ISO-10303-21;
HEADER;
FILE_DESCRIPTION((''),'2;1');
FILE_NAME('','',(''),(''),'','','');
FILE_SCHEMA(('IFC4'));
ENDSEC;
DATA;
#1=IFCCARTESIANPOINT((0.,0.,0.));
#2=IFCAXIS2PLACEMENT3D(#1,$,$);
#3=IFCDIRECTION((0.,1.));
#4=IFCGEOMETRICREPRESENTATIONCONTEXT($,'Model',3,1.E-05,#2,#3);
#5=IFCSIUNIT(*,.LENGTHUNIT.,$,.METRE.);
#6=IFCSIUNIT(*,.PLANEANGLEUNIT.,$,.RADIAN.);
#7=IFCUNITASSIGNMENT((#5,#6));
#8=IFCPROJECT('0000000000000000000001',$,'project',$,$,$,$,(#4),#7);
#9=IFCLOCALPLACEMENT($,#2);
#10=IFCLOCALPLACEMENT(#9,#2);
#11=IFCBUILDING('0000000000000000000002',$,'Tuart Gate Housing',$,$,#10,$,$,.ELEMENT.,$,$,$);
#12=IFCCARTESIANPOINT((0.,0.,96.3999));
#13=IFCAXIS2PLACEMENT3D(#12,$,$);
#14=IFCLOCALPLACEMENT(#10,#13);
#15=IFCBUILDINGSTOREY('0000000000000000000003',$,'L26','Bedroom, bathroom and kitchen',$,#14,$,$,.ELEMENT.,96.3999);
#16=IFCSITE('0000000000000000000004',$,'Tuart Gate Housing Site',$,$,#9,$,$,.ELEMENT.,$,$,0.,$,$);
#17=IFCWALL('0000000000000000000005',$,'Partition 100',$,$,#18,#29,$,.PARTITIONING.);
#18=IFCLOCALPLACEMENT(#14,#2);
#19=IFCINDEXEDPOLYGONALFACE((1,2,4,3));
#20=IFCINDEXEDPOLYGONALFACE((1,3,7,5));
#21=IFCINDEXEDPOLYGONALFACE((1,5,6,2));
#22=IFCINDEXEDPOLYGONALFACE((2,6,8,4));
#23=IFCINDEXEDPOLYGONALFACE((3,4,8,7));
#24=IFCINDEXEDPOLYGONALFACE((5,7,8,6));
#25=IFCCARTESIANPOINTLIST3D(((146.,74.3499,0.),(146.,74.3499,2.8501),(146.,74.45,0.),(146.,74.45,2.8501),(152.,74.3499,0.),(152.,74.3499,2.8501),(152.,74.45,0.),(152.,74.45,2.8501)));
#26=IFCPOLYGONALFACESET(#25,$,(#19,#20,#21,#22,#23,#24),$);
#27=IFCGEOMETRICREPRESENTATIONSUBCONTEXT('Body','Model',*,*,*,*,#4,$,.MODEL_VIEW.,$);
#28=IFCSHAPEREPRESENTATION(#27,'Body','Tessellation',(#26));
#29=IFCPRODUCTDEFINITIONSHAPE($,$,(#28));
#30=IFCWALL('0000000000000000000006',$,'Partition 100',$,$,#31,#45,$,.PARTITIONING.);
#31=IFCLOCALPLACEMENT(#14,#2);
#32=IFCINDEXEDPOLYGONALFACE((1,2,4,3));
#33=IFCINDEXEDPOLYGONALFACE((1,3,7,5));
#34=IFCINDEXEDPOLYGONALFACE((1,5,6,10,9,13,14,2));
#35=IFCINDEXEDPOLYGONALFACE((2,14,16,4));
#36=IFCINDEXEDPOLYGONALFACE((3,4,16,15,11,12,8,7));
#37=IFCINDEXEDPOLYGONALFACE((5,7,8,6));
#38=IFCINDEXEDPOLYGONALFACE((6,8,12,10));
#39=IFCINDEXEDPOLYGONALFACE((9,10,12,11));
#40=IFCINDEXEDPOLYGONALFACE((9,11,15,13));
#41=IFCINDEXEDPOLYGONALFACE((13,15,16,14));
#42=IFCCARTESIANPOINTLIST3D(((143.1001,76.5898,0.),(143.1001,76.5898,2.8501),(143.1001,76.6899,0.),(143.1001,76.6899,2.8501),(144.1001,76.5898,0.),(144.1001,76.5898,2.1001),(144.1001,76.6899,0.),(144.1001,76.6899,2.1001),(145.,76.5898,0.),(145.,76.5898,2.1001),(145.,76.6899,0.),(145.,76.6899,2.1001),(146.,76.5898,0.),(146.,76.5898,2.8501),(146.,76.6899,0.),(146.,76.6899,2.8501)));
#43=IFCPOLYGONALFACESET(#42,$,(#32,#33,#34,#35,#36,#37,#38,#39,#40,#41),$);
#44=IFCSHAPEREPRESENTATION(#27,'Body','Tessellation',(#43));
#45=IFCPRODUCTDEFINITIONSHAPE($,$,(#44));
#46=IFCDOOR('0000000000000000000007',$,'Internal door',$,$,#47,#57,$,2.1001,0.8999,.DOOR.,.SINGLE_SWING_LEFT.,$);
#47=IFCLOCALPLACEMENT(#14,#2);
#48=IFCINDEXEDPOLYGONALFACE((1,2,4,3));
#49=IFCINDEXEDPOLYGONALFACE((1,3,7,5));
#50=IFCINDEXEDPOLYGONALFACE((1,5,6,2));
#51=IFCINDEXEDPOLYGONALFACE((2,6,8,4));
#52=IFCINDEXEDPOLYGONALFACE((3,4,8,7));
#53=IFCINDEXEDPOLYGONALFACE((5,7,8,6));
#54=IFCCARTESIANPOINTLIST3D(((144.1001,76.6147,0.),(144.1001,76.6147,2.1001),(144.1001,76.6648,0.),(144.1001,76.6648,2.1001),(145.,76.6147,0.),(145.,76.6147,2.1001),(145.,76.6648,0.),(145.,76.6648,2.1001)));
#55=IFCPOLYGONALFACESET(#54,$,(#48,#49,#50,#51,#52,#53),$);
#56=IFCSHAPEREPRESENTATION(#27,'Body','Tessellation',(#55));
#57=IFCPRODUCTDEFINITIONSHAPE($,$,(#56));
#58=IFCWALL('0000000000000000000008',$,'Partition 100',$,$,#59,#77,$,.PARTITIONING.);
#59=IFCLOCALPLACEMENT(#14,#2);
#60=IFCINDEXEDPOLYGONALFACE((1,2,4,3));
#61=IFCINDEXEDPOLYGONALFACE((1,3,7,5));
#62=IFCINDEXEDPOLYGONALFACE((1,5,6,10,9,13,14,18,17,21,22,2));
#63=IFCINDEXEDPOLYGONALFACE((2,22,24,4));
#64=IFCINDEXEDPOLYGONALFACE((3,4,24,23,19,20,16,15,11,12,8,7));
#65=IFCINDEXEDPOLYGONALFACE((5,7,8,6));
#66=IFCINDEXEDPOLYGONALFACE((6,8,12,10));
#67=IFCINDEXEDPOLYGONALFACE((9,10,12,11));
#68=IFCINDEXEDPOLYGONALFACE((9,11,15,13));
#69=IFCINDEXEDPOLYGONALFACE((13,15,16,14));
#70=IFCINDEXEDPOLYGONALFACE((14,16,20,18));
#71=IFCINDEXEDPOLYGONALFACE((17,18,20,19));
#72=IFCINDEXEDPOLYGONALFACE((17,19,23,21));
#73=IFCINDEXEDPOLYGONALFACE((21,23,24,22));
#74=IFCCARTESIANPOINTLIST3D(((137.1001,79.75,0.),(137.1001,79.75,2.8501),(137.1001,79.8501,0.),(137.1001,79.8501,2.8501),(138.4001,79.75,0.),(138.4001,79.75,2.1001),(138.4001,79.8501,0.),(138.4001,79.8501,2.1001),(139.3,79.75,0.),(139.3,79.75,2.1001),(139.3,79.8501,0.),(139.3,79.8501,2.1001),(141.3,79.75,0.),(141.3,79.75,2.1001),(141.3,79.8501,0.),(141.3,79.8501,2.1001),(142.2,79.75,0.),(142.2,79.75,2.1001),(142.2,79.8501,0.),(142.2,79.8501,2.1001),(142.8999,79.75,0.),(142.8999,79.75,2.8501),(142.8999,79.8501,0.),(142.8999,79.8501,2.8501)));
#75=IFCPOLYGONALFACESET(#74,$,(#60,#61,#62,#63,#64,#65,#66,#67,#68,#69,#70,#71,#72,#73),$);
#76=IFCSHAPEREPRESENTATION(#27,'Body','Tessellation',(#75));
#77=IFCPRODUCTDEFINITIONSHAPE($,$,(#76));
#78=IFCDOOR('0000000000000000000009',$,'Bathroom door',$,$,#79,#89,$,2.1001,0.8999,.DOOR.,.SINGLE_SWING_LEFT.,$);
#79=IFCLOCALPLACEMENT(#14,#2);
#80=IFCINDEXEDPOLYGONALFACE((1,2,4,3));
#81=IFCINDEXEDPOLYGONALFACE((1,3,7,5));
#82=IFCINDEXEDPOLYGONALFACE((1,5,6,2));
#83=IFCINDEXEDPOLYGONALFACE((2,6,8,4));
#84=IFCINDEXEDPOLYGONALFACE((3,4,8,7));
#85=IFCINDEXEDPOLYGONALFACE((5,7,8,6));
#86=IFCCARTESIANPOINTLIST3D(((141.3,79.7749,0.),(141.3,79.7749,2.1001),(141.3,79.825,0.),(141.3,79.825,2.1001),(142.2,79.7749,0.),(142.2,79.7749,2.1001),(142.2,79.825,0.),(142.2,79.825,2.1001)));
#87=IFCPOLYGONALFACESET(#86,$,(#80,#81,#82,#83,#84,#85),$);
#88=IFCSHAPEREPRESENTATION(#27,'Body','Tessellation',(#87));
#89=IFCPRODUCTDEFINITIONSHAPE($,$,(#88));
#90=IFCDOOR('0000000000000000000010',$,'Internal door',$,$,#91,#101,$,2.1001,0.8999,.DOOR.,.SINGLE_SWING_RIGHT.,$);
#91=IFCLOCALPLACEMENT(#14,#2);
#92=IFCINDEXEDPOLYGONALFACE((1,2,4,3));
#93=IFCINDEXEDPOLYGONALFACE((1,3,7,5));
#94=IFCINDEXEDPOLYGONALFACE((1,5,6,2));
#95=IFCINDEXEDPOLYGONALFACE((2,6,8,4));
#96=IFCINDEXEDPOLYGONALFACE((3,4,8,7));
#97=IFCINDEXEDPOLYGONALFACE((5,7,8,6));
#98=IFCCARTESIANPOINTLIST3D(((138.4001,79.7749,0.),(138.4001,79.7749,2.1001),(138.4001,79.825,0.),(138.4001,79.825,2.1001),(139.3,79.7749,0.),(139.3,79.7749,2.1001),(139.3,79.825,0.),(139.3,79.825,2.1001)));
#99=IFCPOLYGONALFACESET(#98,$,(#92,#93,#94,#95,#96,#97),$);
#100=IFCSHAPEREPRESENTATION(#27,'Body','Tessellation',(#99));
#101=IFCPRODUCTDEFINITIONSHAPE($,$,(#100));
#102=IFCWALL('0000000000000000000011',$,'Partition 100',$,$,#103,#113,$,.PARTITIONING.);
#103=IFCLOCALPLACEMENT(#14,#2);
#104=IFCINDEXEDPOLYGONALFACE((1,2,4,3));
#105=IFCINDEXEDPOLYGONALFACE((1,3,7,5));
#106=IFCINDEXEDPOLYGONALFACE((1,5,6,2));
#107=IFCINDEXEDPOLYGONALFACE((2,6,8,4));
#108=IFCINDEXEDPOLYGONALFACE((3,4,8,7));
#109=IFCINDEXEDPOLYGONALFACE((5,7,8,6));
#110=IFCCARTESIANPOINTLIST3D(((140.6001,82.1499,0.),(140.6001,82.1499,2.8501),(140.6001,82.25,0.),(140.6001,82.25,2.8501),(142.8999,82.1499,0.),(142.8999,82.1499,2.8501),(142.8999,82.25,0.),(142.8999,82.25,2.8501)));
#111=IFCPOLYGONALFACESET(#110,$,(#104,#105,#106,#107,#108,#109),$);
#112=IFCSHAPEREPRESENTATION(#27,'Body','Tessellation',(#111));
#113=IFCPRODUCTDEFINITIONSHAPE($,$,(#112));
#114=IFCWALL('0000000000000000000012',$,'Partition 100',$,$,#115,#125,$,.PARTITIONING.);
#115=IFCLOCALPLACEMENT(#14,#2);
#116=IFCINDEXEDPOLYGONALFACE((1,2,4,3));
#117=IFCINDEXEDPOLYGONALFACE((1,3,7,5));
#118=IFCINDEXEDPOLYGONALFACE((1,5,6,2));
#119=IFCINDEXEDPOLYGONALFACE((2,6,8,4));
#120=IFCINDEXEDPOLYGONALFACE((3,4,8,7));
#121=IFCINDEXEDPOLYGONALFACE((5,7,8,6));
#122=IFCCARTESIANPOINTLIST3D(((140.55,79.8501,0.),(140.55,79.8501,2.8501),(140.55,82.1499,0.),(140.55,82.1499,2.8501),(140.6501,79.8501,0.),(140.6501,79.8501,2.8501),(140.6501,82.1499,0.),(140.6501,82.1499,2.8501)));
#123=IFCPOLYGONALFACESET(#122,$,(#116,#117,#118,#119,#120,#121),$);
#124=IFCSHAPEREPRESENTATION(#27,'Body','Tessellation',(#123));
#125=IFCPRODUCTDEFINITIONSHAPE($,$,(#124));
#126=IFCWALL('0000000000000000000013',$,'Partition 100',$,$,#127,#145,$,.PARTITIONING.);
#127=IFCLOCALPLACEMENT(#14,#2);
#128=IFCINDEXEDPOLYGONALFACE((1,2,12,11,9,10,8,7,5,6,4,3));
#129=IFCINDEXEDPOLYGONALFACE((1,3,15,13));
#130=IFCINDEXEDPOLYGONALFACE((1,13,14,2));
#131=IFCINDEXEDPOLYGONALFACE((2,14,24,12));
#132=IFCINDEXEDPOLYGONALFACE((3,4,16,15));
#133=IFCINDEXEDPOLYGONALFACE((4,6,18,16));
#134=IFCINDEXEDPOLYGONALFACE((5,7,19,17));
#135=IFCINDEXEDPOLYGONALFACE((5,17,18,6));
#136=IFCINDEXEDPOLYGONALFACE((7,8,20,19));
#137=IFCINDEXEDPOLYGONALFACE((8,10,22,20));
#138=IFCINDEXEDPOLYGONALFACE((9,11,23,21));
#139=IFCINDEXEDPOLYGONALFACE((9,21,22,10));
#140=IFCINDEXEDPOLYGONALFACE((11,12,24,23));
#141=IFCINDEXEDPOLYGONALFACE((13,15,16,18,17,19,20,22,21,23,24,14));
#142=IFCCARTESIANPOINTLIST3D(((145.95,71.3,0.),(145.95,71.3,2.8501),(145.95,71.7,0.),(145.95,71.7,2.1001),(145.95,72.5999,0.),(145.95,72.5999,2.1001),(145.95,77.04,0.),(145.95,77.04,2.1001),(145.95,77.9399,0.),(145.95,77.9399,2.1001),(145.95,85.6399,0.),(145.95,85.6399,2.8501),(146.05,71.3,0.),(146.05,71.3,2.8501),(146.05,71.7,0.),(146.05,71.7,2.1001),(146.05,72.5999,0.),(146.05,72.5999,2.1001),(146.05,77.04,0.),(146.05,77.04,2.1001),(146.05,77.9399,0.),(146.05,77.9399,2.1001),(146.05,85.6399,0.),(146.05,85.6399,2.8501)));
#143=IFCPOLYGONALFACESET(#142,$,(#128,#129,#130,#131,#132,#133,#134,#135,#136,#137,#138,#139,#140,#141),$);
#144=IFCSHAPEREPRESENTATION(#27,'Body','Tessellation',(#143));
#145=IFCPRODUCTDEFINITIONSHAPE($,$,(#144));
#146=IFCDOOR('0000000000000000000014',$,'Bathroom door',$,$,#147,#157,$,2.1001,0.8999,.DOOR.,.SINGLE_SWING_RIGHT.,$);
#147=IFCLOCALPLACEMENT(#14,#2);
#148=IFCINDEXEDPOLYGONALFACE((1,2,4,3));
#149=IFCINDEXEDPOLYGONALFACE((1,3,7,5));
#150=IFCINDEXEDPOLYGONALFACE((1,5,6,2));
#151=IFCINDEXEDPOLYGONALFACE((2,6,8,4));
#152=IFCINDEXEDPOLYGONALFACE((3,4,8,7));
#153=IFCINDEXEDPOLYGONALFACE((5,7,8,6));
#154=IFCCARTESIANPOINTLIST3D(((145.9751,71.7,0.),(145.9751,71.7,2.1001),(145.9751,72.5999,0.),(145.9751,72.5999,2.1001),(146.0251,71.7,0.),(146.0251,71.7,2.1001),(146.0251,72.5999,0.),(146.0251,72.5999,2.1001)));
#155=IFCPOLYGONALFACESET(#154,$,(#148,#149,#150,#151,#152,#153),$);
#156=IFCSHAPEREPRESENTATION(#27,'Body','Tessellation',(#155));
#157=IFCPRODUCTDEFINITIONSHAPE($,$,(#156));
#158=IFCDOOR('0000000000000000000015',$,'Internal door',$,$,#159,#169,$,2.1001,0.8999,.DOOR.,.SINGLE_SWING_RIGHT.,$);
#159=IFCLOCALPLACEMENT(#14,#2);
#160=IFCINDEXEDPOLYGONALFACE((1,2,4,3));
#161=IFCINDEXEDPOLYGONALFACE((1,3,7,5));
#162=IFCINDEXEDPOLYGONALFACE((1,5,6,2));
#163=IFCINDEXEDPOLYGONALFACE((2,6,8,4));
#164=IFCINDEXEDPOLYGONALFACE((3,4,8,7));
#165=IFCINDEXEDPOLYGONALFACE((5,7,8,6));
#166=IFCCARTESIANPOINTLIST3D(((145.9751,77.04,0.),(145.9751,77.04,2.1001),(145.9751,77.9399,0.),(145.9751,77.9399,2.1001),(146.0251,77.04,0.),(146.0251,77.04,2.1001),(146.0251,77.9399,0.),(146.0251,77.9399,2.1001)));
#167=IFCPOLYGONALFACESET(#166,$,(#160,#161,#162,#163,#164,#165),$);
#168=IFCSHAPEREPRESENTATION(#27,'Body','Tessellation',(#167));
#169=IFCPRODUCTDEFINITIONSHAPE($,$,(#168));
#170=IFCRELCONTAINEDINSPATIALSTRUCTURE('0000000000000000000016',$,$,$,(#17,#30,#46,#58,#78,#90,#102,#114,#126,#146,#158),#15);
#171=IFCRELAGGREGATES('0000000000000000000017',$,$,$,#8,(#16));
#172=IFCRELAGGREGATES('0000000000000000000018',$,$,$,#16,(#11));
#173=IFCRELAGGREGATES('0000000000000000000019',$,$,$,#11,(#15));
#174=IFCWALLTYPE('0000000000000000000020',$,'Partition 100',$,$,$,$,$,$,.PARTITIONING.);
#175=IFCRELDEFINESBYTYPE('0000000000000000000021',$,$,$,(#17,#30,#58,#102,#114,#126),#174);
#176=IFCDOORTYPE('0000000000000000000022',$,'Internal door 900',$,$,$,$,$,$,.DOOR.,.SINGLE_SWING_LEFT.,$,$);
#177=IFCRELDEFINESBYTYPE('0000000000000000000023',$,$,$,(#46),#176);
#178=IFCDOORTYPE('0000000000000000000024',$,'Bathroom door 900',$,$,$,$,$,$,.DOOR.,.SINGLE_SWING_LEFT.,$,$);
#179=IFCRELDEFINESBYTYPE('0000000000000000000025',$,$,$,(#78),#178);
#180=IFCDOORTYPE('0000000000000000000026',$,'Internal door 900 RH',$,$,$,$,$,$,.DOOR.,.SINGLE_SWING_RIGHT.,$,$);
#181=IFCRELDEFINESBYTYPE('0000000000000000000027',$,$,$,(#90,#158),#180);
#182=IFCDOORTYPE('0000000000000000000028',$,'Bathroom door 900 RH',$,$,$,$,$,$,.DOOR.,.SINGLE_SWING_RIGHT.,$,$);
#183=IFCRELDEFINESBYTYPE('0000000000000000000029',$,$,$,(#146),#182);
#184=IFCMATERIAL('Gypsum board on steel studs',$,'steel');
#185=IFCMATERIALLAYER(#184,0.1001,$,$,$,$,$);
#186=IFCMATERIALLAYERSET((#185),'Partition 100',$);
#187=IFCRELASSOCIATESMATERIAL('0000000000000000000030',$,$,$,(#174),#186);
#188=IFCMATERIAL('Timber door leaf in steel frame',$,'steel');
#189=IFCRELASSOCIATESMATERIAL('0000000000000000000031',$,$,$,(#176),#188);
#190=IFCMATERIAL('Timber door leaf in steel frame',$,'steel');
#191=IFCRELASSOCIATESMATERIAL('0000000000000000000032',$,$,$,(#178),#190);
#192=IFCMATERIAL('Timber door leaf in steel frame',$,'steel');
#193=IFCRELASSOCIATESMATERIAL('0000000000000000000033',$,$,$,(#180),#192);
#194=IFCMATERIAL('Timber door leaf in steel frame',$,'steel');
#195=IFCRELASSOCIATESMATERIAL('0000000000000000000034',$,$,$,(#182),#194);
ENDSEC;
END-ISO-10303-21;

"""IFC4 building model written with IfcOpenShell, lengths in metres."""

from ifc_helpers import new_model, si_unit, direction, frame, frame_2d, origin, place, context, subcontext, project, spatial, rectangle, extrude, material, layer, layer_set, type_object, element, fill, save


model = new_model("IFC4")

# Units and contexts
model_context = context("Model", 3, precision=1e-05, world=origin(), true_north=direction((0.0, 1.0)))
body_context = subcontext(model_context, "Body", "Model", "MODEL_VIEW")
ifc_project = project(units=[si_unit("LENGTHUNIT", "METRE"), si_unit("PLANEANGLEUNIT", "RADIAN")], contexts=[model_context])

# Site, building, storey
site_placement = place(None, origin())
site = spatial("IfcSite", under=ifc_project, at=site_placement, Name="Tuart Gate Housing Site", CompositionType="ELEMENT", RefElevation=0.0)
building_placement = place(site_placement, origin())
building = spatial("IfcBuilding", under=site, at=building_placement, Name="Tuart Gate Housing", CompositionType="ELEMENT")
storey_placement = place(building_placement, frame((0.0, 0.0, 96.3999)))
storey = spatial("IfcBuildingStorey", under=building, at=storey_placement, Name="L26", Description="Bedroom, bathroom and kitchen", CompositionType="ELEMENT", Elevation=96.3999)

# Wall
ifc_material_1 = material(Name="Gypsum board on steel studs", Category="steel")
ifc_layer_1 = layer(ifc_material_1, 0.1001)
ifc_layer_set_1 = layer_set([ifc_layer_1], Name="Partition 100")
wall_type_1 = type_object("IfcWallType", Name="Partition 100", PredefinedType="PARTITIONING", material=ifc_layer_set_1)
wall_1_placement = place(storey_placement, frame((146.0, 74.3999, 0.0), z_axis=(0.0, 0.0, 1.0), x_axis=(1.0, 0.0, 0.0)))
element("IfcWall", 1, at=wall_1_placement, inside=storey, type_object=wall_type_1, Name="Partition 100", PredefinedType="PARTITIONING", context=body_context, shape_type="SweptSolid", body=[
    extrude(rectangle(XDim=6.0, YDim=0.1001, at=frame_2d((3.0, 0.0))), origin(), (0.0, 0.0, 1.0), 2.8501),
])

# Wall, opening, door
wall_2_placement = place(storey_placement, frame((143.1001, 76.6399, 0.0), z_axis=(0.0, 0.0, 1.0), x_axis=(1.0, 0.0, 0.0)))
wall_2 = element("IfcWall", 2, at=wall_2_placement, inside=storey, type_object=wall_type_1, Name="Partition 100", PredefinedType="PARTITIONING", context=body_context, shape_type="SweptSolid", body=[
    extrude(rectangle(XDim=2.8999, YDim=0.1001, at=frame_2d((1.45, 0.0))), origin(), (0.0, 0.0, 1.0), 2.8501),
])
opening_1_placement = place(wall_2_placement, frame((1.0, 0.0, 0.0)))
opening_1 = element("IfcOpeningElement", 3, at=opening_1_placement, cuts=wall_2, PredefinedType="OPENING", context=body_context, shape_type="SweptSolid", body=[
    extrude(rectangle(XDim=0.8999, YDim=2.1001, at=frame_2d((0.45, 1.05))), frame((0.0, 0.0601, 0.0), z_axis=(0.0, -1.0, 0.0), x_axis=(1.0, 0.0, 0.0)), (0.0, 0.0, 1.0), 0.1201),
])
ifc_material_2 = material(Name="Timber door leaf in steel frame", Category="steel")
door_type_1 = type_object("IfcDoorType", Name="Internal door 900", OperationType="SINGLE_SWING_LEFT", PredefinedType="DOOR", material=ifc_material_2)
door_1_placement = place(opening_1_placement, frame((0.8999, 0.0, 0.0), z_axis=(0.0, 0.0, 1.0), x_axis=(-1.0, 0.0, 0.0)))
door_1 = element("IfcDoor", 4, at=door_1_placement, inside=storey, type_object=door_type_1, Name="Internal door", OperationType="SINGLE_SWING_LEFT", OverallHeight=2.1001, OverallWidth=0.8999, PredefinedType="DOOR", context=body_context, shape_type="SweptSolid", body=[
    extrude(rectangle(XDim=0.8999, YDim=2.1001, at=frame_2d((0.45, 1.05))), frame((0.0, 0.0251, 0.0), z_axis=(0.0, -1.0, 0.0), x_axis=(1.0, 0.0, 0.0)), (0.0, 0.0, 1.0), 0.05),
])
fill(opening_1, door_1)

# Wall, openings, doors
wall_3_placement = place(storey_placement, frame((137.1001, 79.8, 0.0), z_axis=(0.0, 0.0, 1.0), x_axis=(1.0, 0.0, 0.0)))
wall_3 = element("IfcWall", 5, at=wall_3_placement, inside=storey, type_object=wall_type_1, Name="Partition 100", PredefinedType="PARTITIONING", context=body_context, shape_type="SweptSolid", body=[
    extrude(rectangle(XDim=5.7998, YDim=0.1001, at=frame_2d((2.8999, 0.0))), origin(), (0.0, 0.0, 1.0), 2.8501),
])
opening_2_placement = place(wall_3_placement, frame((1.3, 0.0, 0.0)))
opening_2 = element("IfcOpeningElement", 6, at=opening_2_placement, cuts=wall_3, PredefinedType="OPENING", context=body_context, shape_type="SweptSolid", body=[
    extrude(rectangle(XDim=0.8999, YDim=2.1001, at=frame_2d((0.45, 1.05))), frame((0.0, 0.0601, 0.0), z_axis=(0.0, -1.0, 0.0), x_axis=(1.0, 0.0, 0.0)), (0.0, 0.0, 1.0), 0.1201),
])
opening_3_placement = place(wall_3_placement, frame((4.2, 0.0, 0.0)))
opening_3 = element("IfcOpeningElement", 7, at=opening_3_placement, cuts=wall_3, PredefinedType="OPENING", context=body_context, shape_type="SweptSolid", body=[
    extrude(rectangle(XDim=0.8999, YDim=2.1001, at=frame_2d((0.45, 1.05))), frame((0.0, 0.0601, 0.0), z_axis=(0.0, -1.0, 0.0), x_axis=(1.0, 0.0, 0.0)), (0.0, 0.0, 1.0), 0.1201),
])
ifc_material_3 = material(Name="Timber door leaf in steel frame", Category="steel")
door_type_2 = type_object("IfcDoorType", Name="Bathroom door 900", OperationType="SINGLE_SWING_LEFT", PredefinedType="DOOR", material=ifc_material_3)
door_2_placement = place(opening_3_placement, origin())
door_2 = element("IfcDoor", 8, at=door_2_placement, inside=storey, type_object=door_type_2, Name="Bathroom door", OperationType="SINGLE_SWING_LEFT", OverallHeight=2.1001, OverallWidth=0.8999, PredefinedType="DOOR", context=body_context, shape_type="SweptSolid", body=[
    extrude(rectangle(XDim=0.8999, YDim=2.1001, at=frame_2d((0.45, 1.05))), frame((0.0, 0.0249, 0.0), z_axis=(0.0, -1.0, 0.0), x_axis=(1.0, 0.0, 0.0)), (0.0, 0.0, 1.0), 0.05),
])
fill(opening_3, door_2)
ifc_material_4 = material(Name="Timber door leaf in steel frame", Category="steel")
door_type_3 = type_object("IfcDoorType", Name="Internal door 900 RH", OperationType="SINGLE_SWING_RIGHT", PredefinedType="DOOR", material=ifc_material_4)
door_3_placement = place(opening_2_placement, origin())
door_3 = element("IfcDoor", 9, at=door_3_placement, inside=storey, type_object=door_type_3, Name="Internal door", OperationType="SINGLE_SWING_RIGHT", OverallHeight=2.1001, OverallWidth=0.8999, PredefinedType="DOOR", context=body_context, shape_type="SweptSolid", body=[
    extrude(rectangle(XDim=0.8999, YDim=2.1001, at=frame_2d((0.45, 1.05))), frame((0.0, 0.0249, 0.0), z_axis=(0.0, -1.0, 0.0), x_axis=(1.0, 0.0, 0.0)), (0.0, 0.0, 1.0), 0.05),
])
fill(opening_2, door_3)

# Walls
for number, where, z_axis, x_axis, name in (
    (10, (140.6001, 82.2, 0.0), (0.0, 0.0, 1.0), (1.0, 0.0, 0.0), "Partition 100"),
    (11, (140.6001, 79.8501, 0.0), (0.0, 0.0, 1.0), (0.0, 1.0, 0.0), "Partition 100"),
):
    element("IfcWall", number, at=place(storey_placement, frame(where, z_axis=z_axis, x_axis=x_axis)), inside=storey, type_object=wall_type_1, Name=name, PredefinedType="PARTITIONING", context=body_context, shape_type="SweptSolid", body=[
        extrude(rectangle(XDim=2.2998, YDim=0.1001, at=frame_2d((1.1499, 0.0))), origin(), (0.0, 0.0, 1.0), 2.8501),
    ])

# Wall, openings, doors
wall_4_placement = place(storey_placement, frame((146.0, 71.3, 0.0), z_axis=(0.0, 0.0, 1.0), x_axis=(0.0, 1.0, 0.0)))
wall_4 = element("IfcWall", 12, at=wall_4_placement, inside=storey, type_object=wall_type_1, Name="Partition 100", PredefinedType="PARTITIONING", context=body_context, shape_type="SweptSolid", body=[
    extrude(rectangle(XDim=14.3398, YDim=0.1001, at=frame_2d((7.1699, 0.0))), origin(), (0.0, 0.0, 1.0), 2.8501),
])
opening_4_placement = place(wall_4_placement, frame((5.74, 0.0, 0.0)))
opening_4 = element("IfcOpeningElement", 13, at=opening_4_placement, cuts=wall_4, PredefinedType="OPENING", context=body_context, shape_type="SweptSolid", body=[
    extrude(rectangle(XDim=0.8999, YDim=2.1001, at=frame_2d((0.45, 1.05))), frame((0.0, 0.0601, 0.0), z_axis=(0.0, -1.0, 0.0), x_axis=(1.0, 0.0, 0.0)), (0.0, 0.0, 1.0), 0.1201),
])
opening_5_placement = place(wall_4_placement, frame((0.3999, 0.0, 0.0)))
opening_5 = element("IfcOpeningElement", 14, at=opening_5_placement, cuts=wall_4, PredefinedType="OPENING", context=body_context, shape_type="SweptSolid", body=[
    extrude(rectangle(XDim=0.8999, YDim=2.1001, at=frame_2d((0.45, 1.05))), frame((0.0, 0.0601, 0.0), z_axis=(0.0, -1.0, 0.0), x_axis=(1.0, 0.0, 0.0)), (0.0, 0.0, 1.0), 0.1201),
])
ifc_material_5 = material(Name="Timber door leaf in steel frame", Category="steel")
door_type_4 = type_object("IfcDoorType", Name="Bathroom door 900 RH", OperationType="SINGLE_SWING_RIGHT", PredefinedType="DOOR", material=ifc_material_5)
door_4_placement = place(opening_5_placement, frame((0.8999, 0.0, 0.0), z_axis=(0.0, 0.0, 1.0), x_axis=(-1.0, 0.0, 0.0)))
door_4 = element("IfcDoor", 15, at=door_4_placement, inside=storey, type_object=door_type_4, Name="Bathroom door", OperationType="SINGLE_SWING_RIGHT", OverallHeight=2.1001, OverallWidth=0.8999, PredefinedType="DOOR", context=body_context, shape_type="SweptSolid", body=[
    extrude(rectangle(XDim=0.8999, YDim=2.1001, at=frame_2d((0.45, 1.05))), frame((0.0, 0.0251, 0.0), z_axis=(0.0, -1.0, 0.0), x_axis=(1.0, 0.0, 0.0)), (0.0, 0.0, 1.0), 0.05),
])
fill(opening_5, door_4)
door_5_placement = place(opening_4_placement, frame((0.8999, 0.0, 0.0), z_axis=(0.0, 0.0, 1.0), x_axis=(-1.0, 0.0, 0.0)))
door_5 = element("IfcDoor", 16, at=door_5_placement, inside=storey, type_object=door_type_3, Name="Internal door", OperationType="SINGLE_SWING_RIGHT", OverallHeight=2.1001, OverallWidth=0.8999, PredefinedType="DOOR", context=body_context, shape_type="SweptSolid", body=[
    extrude(rectangle(XDim=0.8999, YDim=2.1001, at=frame_2d((0.45, 1.05))), frame((0.0, 0.0251, 0.0), z_axis=(0.0, -1.0, 0.0), x_axis=(1.0, 0.0, 0.0)), (0.0, 0.0, 1.0), 0.05),
])
fill(opening_4, door_5)

save(model, "model.ifc")
